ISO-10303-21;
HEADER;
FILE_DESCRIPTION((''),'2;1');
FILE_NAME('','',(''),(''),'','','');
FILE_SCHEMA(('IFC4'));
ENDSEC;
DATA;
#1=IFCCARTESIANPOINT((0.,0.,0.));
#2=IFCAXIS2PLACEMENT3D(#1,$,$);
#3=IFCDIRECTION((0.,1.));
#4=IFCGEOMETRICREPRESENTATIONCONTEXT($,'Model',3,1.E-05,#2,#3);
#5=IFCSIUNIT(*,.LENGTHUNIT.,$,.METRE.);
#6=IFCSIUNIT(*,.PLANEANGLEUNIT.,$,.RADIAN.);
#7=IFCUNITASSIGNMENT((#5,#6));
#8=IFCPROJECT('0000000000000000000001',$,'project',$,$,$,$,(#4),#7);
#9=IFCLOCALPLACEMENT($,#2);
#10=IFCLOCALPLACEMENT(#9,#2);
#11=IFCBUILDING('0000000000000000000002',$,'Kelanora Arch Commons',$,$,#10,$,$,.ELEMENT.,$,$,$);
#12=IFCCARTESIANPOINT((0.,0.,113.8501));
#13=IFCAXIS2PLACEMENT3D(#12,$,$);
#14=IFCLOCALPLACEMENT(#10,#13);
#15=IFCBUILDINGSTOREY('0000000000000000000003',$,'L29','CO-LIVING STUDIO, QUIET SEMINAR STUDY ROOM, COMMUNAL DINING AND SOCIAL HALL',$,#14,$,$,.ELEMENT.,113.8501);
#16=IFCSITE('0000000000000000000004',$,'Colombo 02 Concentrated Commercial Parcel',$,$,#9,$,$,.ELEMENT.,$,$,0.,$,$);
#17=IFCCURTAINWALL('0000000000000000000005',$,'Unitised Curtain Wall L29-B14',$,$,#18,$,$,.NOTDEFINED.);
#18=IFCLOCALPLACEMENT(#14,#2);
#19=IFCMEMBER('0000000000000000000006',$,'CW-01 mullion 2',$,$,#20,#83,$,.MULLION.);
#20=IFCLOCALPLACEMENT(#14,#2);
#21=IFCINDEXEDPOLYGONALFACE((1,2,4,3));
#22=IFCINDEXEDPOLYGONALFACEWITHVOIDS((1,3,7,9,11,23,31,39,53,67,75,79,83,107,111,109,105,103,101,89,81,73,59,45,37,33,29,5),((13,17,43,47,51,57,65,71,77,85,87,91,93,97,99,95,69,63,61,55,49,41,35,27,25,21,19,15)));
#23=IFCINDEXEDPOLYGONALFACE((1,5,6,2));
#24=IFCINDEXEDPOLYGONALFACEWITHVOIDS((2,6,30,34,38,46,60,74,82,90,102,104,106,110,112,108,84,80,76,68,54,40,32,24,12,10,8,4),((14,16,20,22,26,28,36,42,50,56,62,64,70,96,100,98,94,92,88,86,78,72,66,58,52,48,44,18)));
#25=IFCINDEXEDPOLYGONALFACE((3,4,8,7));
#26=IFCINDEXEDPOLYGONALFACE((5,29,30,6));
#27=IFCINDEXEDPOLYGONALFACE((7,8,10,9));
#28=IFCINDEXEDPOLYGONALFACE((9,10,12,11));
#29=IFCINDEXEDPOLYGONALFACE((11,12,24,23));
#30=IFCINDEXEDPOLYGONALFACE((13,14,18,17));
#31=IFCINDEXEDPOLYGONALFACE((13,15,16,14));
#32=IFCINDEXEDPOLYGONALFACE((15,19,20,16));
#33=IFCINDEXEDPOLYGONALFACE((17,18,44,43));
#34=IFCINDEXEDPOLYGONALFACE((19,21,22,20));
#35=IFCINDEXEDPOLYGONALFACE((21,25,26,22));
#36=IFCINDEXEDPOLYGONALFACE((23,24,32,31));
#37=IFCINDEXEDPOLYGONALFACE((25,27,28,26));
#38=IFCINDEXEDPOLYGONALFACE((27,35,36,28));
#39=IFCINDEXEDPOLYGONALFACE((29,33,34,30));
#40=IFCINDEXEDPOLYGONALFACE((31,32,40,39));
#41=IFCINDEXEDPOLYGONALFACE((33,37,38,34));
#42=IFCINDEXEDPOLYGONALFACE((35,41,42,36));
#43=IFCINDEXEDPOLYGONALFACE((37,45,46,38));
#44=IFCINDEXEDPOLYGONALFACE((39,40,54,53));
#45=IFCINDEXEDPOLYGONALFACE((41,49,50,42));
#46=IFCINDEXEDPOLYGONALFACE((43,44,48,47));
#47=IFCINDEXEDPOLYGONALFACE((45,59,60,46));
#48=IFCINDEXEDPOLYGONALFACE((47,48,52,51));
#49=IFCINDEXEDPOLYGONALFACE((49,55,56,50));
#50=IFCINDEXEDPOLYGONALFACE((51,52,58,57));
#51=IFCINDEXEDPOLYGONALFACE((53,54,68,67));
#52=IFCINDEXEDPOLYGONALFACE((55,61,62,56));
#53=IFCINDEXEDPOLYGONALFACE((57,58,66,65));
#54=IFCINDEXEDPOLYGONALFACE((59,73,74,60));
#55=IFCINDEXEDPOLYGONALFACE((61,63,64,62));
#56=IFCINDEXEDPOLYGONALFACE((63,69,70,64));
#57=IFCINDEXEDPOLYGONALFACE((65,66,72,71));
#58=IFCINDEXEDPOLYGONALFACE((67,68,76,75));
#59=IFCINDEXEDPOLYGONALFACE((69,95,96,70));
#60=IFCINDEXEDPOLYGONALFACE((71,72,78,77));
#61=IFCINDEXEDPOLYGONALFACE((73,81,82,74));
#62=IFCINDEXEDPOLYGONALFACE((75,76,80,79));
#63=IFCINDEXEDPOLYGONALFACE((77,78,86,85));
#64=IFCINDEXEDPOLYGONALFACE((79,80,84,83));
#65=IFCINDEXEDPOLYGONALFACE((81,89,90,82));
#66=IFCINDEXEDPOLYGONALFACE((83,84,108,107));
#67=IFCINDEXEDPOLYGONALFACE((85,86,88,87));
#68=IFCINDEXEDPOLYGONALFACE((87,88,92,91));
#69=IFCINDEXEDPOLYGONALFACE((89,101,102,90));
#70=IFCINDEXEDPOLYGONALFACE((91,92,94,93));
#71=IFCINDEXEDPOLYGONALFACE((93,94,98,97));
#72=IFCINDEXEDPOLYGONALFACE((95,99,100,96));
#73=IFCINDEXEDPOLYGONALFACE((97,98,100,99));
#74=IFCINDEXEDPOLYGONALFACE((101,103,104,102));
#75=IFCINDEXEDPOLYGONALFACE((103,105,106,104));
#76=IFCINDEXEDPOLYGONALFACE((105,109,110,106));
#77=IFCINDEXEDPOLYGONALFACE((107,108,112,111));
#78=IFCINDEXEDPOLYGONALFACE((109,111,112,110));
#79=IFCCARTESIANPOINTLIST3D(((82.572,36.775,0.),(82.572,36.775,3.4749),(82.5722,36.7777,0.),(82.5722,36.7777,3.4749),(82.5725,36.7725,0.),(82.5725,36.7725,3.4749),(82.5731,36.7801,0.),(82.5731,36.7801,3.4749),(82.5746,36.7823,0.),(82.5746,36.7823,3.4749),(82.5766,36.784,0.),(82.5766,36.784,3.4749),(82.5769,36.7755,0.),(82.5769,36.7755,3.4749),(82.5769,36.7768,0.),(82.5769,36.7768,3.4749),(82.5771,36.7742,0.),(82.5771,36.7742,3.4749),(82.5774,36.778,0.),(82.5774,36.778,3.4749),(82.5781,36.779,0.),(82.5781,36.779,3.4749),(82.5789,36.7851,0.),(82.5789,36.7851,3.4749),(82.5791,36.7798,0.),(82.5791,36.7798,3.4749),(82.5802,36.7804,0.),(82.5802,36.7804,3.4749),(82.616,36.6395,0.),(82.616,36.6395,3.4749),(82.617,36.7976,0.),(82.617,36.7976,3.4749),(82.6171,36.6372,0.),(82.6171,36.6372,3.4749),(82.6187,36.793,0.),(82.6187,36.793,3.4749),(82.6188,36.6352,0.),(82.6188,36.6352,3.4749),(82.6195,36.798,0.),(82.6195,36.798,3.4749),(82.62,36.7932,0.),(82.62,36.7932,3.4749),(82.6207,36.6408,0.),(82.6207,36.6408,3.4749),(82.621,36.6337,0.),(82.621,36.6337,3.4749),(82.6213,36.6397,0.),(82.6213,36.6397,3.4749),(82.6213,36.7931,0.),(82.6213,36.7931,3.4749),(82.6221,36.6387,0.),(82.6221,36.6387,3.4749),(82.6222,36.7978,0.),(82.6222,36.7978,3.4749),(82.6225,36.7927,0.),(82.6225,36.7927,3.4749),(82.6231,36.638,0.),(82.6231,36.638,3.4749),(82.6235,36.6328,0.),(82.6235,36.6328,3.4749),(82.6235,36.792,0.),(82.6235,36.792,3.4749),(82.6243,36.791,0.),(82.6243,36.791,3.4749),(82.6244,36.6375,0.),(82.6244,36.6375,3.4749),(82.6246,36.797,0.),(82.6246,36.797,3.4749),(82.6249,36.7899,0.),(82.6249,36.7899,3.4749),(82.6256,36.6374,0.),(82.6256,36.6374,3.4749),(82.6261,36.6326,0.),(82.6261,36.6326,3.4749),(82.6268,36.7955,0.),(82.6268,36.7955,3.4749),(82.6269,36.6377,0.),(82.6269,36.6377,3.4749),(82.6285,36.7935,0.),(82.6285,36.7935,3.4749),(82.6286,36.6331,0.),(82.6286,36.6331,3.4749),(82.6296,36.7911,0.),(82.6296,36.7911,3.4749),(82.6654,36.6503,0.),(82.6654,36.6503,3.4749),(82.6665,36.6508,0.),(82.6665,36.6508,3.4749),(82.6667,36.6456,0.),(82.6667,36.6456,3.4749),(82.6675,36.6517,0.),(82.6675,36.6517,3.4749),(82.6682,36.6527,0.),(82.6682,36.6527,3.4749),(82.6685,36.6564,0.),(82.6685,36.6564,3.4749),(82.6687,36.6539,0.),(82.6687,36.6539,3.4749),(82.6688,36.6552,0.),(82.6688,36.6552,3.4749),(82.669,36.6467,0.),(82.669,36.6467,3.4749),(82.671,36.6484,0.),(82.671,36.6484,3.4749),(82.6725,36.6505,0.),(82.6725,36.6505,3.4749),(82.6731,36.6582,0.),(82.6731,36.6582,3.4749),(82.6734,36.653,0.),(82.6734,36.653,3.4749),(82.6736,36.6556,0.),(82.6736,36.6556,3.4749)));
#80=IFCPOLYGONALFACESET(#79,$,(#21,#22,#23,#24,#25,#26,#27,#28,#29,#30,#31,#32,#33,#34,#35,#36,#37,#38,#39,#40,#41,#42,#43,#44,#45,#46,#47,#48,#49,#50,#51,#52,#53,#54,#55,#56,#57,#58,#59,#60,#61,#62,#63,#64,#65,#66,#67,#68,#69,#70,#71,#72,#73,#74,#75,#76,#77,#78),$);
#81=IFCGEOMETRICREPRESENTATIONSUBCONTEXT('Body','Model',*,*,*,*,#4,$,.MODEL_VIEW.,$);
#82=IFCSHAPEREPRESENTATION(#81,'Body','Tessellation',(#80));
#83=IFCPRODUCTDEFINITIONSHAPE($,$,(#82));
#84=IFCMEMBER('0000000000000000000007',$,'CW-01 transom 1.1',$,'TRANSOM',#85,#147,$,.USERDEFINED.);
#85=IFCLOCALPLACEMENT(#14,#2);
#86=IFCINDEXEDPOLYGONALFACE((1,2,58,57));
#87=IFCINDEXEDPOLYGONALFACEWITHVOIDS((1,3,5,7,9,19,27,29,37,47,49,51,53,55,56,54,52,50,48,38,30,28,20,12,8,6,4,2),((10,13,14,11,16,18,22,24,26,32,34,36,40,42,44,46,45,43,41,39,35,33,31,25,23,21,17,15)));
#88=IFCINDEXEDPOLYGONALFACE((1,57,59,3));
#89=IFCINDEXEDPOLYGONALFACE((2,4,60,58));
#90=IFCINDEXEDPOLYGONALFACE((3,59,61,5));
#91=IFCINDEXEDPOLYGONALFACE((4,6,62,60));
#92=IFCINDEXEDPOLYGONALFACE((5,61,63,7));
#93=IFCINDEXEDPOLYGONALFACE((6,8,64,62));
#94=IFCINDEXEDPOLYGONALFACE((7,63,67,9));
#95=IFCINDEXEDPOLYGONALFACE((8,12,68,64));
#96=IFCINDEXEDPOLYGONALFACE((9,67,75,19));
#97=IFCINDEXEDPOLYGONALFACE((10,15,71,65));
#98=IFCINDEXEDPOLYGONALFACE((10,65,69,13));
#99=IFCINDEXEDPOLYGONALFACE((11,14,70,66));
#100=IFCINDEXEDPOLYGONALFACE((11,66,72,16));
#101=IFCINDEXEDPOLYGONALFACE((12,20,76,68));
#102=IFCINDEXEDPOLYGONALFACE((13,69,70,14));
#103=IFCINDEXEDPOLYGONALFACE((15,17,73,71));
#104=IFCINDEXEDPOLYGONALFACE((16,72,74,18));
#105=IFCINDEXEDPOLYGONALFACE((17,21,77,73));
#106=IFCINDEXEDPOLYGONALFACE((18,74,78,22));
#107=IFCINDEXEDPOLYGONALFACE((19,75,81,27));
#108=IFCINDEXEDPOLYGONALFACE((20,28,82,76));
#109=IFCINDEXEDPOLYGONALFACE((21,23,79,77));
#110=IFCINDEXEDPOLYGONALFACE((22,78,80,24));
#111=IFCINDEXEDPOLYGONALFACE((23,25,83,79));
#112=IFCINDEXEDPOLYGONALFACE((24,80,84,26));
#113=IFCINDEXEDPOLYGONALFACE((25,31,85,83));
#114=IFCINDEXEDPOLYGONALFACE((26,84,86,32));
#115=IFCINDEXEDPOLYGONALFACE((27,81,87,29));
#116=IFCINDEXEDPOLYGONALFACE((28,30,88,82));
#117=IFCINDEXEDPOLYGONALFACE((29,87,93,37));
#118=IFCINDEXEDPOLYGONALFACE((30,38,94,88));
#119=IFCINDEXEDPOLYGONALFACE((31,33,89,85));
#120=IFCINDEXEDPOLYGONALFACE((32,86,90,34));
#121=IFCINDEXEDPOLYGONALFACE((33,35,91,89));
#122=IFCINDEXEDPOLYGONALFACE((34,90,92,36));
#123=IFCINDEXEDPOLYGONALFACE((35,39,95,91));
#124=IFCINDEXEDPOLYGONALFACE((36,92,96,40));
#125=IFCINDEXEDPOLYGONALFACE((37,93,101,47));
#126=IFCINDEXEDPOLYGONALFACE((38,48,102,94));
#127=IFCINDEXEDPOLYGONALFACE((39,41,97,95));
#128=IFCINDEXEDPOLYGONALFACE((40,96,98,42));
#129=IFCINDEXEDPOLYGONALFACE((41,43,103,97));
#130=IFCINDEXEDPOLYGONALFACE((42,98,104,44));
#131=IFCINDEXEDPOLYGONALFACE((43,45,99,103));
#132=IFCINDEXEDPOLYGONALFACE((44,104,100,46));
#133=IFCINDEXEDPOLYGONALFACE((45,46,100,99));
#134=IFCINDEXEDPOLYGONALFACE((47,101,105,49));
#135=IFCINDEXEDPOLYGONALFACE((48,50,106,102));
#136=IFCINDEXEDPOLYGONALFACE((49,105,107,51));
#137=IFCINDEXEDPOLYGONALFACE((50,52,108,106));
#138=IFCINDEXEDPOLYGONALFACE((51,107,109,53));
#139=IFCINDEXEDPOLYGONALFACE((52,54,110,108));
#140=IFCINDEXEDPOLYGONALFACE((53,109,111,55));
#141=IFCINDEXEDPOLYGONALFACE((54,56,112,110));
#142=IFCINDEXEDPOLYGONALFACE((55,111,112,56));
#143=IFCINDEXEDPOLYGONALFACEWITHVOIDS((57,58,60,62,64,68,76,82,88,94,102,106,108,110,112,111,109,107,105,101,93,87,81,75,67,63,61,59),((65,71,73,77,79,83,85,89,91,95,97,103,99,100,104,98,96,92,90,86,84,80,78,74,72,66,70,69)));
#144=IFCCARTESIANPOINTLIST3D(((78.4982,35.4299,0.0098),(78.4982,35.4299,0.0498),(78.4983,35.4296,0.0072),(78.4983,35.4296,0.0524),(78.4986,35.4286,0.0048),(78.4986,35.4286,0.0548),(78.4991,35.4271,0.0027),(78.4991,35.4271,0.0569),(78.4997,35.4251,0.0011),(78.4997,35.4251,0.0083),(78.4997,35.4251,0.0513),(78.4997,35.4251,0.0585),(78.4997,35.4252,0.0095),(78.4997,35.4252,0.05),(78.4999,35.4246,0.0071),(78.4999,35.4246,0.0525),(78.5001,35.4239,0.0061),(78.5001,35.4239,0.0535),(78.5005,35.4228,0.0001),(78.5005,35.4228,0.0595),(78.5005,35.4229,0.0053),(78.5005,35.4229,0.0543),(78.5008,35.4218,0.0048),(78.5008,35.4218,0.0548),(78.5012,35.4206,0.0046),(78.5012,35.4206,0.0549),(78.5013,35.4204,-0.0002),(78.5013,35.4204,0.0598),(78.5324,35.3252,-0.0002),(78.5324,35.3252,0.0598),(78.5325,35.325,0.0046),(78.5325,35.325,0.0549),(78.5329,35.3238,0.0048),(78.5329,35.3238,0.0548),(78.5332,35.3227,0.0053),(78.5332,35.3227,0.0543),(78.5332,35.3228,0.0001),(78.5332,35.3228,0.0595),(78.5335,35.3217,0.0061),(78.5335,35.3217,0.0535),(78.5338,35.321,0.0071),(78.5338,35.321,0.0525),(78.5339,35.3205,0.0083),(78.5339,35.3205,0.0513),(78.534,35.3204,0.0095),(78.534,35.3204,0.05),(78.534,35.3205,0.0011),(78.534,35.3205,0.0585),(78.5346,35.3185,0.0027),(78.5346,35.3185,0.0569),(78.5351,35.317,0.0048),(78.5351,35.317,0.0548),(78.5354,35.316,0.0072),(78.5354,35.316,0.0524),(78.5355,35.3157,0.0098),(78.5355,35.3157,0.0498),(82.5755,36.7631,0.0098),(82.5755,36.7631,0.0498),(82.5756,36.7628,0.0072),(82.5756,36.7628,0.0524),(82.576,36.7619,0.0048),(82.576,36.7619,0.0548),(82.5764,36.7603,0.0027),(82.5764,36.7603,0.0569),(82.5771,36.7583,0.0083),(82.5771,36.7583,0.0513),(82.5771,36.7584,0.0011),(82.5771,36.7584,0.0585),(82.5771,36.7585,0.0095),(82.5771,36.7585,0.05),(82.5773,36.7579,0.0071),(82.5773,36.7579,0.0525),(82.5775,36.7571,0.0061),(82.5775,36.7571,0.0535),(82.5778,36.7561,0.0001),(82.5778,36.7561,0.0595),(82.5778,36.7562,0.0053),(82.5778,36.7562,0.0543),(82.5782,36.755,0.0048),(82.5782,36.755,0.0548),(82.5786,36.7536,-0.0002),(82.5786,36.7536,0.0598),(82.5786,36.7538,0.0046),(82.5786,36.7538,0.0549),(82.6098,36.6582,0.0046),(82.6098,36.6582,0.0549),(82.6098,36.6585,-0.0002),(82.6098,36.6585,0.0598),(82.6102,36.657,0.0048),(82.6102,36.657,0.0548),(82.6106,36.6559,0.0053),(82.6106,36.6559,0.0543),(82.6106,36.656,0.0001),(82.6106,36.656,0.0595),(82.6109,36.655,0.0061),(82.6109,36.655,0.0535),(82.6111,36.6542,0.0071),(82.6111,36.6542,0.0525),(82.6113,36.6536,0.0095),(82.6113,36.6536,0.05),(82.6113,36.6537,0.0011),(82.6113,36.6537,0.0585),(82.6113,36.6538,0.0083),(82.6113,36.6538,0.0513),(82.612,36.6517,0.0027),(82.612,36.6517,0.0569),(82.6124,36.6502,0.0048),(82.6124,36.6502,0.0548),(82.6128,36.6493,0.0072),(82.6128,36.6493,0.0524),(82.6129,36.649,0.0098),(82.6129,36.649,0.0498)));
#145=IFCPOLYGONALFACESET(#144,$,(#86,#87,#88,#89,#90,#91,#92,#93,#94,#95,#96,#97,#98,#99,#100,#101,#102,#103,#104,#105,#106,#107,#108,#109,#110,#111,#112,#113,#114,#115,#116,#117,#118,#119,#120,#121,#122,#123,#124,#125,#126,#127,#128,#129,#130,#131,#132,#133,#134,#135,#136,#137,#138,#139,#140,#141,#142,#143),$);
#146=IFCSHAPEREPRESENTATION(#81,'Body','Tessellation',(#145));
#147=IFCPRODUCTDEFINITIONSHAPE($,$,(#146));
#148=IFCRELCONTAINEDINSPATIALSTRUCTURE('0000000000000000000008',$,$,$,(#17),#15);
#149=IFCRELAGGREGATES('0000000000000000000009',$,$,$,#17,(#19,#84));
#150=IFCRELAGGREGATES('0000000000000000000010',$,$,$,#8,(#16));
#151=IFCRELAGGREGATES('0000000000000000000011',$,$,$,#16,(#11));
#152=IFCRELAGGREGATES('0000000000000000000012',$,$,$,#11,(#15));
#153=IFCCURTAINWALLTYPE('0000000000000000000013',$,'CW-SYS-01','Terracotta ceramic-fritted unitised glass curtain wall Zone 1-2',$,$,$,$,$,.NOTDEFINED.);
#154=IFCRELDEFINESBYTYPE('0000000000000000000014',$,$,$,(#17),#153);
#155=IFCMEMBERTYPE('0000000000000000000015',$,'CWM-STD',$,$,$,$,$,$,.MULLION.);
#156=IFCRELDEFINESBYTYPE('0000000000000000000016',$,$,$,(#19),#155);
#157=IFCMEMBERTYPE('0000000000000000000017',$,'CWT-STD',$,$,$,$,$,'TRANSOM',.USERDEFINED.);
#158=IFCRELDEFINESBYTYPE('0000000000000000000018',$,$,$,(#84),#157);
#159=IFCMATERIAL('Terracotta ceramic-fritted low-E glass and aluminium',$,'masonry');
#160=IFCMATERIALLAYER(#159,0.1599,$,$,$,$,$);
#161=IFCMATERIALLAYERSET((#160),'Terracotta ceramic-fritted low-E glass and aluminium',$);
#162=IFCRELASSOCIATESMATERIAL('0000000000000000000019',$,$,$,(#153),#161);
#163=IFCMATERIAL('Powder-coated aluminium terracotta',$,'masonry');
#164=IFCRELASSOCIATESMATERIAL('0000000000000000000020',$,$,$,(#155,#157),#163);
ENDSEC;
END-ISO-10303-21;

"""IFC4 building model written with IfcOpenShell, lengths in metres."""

from ifc_helpers import new_model, si_unit, direction, frame, origin, origin_2d, place, context, subcontext, project, spatial, hollow_rectangle, extrude, material, layer, layer_set, material_profile, profile_set, type_object, element, aggregate, save


model = new_model("IFC4")

# Units and contexts
model_context = context("Model", 3, precision=1e-05, world=origin(), true_north=direction((0.0, 1.0)))
body_context = subcontext(model_context, "Body", "Model", "MODEL_VIEW")
ifc_project = project(units=[si_unit("LENGTHUNIT", "METRE"), si_unit("PLANEANGLEUNIT", "RADIAN")], contexts=[model_context])

# Site, building, storey
site_placement = place(None, origin())
site = spatial("IfcSite", under=ifc_project, at=site_placement, Name="Colombo 02 Concentrated Commercial Parcel", CompositionType="ELEMENT", RefElevation=0.0)
building_placement = place(site_placement, origin())
building = spatial("IfcBuilding", under=site, at=building_placement, Name="Kelanora Arch Commons", CompositionType="ELEMENT")
storey_placement = place(building_placement, frame((0.0, 0.0, 113.8501)))
storey = spatial("IfcBuildingStorey", under=building, at=storey_placement, Name="L29", Description="CO-LIVING STUDIO, QUIET SEMINAR STUDY ROOM, COMMUNAL DINING AND SOCIAL HALL", CompositionType="ELEMENT", Elevation=113.8501)

# Curtain wall, members
ifc_material_1 = material(Name="Terracotta ceramic-fritted low-E glass and aluminium", Category="masonry")
ifc_layer_1 = layer(ifc_material_1, 0.1599)
ifc_layer_set_1 = layer_set([ifc_layer_1], Name="Terracotta ceramic-fritted low-E glass and aluminium")
curtain_wall_type = type_object("IfcCurtainWallType", Name="CW-SYS-01", Description="Terracotta ceramic-fritted unitised glass curtain wall Zone 1-2", PredefinedType="NOTDEFINED", material=ifc_layer_set_1)
curtain_wall_placement = place(storey_placement, origin())
curtain_wall = element("IfcCurtainWall", 1, at=curtain_wall_placement, inside=storey, type_object=curtain_wall_type, Name="Unitised Curtain Wall L29-B14", PredefinedType="NOTDEFINED")
ifc_material_2 = material(Name="Powder-coated aluminium terracotta", Category="masonry")
ifc_material_profile_1 = material_profile(ifc_material_2, hollow_rectangle(XDim=0.1599, YDim=0.0601, WallThickness=0.0049, InnerFilletRadius=0.0049, OuterFilletRadius=0.01, at=origin_2d()), Name="CWM160x60")
ifc_profile_set_1 = profile_set([ifc_material_profile_1], Name="Powder-coated aluminium terracotta")
member_type_1 = type_object("IfcMemberType", Name="CWM-STD", PredefinedType="MULLION", material=ifc_profile_set_1)
member_1_placement = place(storey_placement, frame((82.6228, 36.7153, 0.0), z_axis=(0.0, 0.0, 1.0), x_axis=(-0.310805, 0.950474, 0.0)))
member_1 = element("IfcMember", 2, at=member_1_placement, type_object=member_type_1, Name="CW-01 mullion 2", PredefinedType="MULLION", context=body_context, shape_type="SweptSolid", body=[
    extrude(hollow_rectangle(XDim=0.1599, YDim=0.0601, WallThickness=0.0049, InnerFilletRadius=0.0049, OuterFilletRadius=0.01, at=origin_2d()), origin(), (0.0, 0.0, 1.0), 3.4749),
])
ifc_material_profile_2 = material_profile(ifc_material_2, hollow_rectangle(XDim=0.1201, YDim=0.0601, WallThickness=0.0049, InnerFilletRadius=0.0049, OuterFilletRadius=0.01, at=origin_2d()), Name="CWT120x60")
ifc_profile_set_2 = profile_set([ifc_material_profile_2], Name="Powder-coated aluminium terracotta")
member_type_2 = type_object("IfcMemberType", Name="CWT-STD", ElementType="TRANSOM", PredefinedType="USERDEFINED", material=ifc_profile_set_2)
member_2_placement = place(storey_placement, frame((78.5168, 35.3728, 0.0298), z_axis=(0.950478, 0.310793, 0.0), x_axis=(-0.310793, 0.950478, 0.0)))
member_2 = element("IfcMember", 3, at=member_2_placement, type_object=member_type_2, Name="CW-01 transom 1.1", ObjectType="TRANSOM", PredefinedType="USERDEFINED", context=body_context, shape_type="SweptSolid", body=[
    extrude(hollow_rectangle(XDim=0.1201, YDim=0.0601, WallThickness=0.0049, InnerFilletRadius=0.0049, OuterFilletRadius=0.01, at=origin_2d()), origin(), (0.0, 0.0, 1.0), 4.2898),
])
aggregate(curtain_wall, [member_1, member_2])

save(model, "model.ifc")
